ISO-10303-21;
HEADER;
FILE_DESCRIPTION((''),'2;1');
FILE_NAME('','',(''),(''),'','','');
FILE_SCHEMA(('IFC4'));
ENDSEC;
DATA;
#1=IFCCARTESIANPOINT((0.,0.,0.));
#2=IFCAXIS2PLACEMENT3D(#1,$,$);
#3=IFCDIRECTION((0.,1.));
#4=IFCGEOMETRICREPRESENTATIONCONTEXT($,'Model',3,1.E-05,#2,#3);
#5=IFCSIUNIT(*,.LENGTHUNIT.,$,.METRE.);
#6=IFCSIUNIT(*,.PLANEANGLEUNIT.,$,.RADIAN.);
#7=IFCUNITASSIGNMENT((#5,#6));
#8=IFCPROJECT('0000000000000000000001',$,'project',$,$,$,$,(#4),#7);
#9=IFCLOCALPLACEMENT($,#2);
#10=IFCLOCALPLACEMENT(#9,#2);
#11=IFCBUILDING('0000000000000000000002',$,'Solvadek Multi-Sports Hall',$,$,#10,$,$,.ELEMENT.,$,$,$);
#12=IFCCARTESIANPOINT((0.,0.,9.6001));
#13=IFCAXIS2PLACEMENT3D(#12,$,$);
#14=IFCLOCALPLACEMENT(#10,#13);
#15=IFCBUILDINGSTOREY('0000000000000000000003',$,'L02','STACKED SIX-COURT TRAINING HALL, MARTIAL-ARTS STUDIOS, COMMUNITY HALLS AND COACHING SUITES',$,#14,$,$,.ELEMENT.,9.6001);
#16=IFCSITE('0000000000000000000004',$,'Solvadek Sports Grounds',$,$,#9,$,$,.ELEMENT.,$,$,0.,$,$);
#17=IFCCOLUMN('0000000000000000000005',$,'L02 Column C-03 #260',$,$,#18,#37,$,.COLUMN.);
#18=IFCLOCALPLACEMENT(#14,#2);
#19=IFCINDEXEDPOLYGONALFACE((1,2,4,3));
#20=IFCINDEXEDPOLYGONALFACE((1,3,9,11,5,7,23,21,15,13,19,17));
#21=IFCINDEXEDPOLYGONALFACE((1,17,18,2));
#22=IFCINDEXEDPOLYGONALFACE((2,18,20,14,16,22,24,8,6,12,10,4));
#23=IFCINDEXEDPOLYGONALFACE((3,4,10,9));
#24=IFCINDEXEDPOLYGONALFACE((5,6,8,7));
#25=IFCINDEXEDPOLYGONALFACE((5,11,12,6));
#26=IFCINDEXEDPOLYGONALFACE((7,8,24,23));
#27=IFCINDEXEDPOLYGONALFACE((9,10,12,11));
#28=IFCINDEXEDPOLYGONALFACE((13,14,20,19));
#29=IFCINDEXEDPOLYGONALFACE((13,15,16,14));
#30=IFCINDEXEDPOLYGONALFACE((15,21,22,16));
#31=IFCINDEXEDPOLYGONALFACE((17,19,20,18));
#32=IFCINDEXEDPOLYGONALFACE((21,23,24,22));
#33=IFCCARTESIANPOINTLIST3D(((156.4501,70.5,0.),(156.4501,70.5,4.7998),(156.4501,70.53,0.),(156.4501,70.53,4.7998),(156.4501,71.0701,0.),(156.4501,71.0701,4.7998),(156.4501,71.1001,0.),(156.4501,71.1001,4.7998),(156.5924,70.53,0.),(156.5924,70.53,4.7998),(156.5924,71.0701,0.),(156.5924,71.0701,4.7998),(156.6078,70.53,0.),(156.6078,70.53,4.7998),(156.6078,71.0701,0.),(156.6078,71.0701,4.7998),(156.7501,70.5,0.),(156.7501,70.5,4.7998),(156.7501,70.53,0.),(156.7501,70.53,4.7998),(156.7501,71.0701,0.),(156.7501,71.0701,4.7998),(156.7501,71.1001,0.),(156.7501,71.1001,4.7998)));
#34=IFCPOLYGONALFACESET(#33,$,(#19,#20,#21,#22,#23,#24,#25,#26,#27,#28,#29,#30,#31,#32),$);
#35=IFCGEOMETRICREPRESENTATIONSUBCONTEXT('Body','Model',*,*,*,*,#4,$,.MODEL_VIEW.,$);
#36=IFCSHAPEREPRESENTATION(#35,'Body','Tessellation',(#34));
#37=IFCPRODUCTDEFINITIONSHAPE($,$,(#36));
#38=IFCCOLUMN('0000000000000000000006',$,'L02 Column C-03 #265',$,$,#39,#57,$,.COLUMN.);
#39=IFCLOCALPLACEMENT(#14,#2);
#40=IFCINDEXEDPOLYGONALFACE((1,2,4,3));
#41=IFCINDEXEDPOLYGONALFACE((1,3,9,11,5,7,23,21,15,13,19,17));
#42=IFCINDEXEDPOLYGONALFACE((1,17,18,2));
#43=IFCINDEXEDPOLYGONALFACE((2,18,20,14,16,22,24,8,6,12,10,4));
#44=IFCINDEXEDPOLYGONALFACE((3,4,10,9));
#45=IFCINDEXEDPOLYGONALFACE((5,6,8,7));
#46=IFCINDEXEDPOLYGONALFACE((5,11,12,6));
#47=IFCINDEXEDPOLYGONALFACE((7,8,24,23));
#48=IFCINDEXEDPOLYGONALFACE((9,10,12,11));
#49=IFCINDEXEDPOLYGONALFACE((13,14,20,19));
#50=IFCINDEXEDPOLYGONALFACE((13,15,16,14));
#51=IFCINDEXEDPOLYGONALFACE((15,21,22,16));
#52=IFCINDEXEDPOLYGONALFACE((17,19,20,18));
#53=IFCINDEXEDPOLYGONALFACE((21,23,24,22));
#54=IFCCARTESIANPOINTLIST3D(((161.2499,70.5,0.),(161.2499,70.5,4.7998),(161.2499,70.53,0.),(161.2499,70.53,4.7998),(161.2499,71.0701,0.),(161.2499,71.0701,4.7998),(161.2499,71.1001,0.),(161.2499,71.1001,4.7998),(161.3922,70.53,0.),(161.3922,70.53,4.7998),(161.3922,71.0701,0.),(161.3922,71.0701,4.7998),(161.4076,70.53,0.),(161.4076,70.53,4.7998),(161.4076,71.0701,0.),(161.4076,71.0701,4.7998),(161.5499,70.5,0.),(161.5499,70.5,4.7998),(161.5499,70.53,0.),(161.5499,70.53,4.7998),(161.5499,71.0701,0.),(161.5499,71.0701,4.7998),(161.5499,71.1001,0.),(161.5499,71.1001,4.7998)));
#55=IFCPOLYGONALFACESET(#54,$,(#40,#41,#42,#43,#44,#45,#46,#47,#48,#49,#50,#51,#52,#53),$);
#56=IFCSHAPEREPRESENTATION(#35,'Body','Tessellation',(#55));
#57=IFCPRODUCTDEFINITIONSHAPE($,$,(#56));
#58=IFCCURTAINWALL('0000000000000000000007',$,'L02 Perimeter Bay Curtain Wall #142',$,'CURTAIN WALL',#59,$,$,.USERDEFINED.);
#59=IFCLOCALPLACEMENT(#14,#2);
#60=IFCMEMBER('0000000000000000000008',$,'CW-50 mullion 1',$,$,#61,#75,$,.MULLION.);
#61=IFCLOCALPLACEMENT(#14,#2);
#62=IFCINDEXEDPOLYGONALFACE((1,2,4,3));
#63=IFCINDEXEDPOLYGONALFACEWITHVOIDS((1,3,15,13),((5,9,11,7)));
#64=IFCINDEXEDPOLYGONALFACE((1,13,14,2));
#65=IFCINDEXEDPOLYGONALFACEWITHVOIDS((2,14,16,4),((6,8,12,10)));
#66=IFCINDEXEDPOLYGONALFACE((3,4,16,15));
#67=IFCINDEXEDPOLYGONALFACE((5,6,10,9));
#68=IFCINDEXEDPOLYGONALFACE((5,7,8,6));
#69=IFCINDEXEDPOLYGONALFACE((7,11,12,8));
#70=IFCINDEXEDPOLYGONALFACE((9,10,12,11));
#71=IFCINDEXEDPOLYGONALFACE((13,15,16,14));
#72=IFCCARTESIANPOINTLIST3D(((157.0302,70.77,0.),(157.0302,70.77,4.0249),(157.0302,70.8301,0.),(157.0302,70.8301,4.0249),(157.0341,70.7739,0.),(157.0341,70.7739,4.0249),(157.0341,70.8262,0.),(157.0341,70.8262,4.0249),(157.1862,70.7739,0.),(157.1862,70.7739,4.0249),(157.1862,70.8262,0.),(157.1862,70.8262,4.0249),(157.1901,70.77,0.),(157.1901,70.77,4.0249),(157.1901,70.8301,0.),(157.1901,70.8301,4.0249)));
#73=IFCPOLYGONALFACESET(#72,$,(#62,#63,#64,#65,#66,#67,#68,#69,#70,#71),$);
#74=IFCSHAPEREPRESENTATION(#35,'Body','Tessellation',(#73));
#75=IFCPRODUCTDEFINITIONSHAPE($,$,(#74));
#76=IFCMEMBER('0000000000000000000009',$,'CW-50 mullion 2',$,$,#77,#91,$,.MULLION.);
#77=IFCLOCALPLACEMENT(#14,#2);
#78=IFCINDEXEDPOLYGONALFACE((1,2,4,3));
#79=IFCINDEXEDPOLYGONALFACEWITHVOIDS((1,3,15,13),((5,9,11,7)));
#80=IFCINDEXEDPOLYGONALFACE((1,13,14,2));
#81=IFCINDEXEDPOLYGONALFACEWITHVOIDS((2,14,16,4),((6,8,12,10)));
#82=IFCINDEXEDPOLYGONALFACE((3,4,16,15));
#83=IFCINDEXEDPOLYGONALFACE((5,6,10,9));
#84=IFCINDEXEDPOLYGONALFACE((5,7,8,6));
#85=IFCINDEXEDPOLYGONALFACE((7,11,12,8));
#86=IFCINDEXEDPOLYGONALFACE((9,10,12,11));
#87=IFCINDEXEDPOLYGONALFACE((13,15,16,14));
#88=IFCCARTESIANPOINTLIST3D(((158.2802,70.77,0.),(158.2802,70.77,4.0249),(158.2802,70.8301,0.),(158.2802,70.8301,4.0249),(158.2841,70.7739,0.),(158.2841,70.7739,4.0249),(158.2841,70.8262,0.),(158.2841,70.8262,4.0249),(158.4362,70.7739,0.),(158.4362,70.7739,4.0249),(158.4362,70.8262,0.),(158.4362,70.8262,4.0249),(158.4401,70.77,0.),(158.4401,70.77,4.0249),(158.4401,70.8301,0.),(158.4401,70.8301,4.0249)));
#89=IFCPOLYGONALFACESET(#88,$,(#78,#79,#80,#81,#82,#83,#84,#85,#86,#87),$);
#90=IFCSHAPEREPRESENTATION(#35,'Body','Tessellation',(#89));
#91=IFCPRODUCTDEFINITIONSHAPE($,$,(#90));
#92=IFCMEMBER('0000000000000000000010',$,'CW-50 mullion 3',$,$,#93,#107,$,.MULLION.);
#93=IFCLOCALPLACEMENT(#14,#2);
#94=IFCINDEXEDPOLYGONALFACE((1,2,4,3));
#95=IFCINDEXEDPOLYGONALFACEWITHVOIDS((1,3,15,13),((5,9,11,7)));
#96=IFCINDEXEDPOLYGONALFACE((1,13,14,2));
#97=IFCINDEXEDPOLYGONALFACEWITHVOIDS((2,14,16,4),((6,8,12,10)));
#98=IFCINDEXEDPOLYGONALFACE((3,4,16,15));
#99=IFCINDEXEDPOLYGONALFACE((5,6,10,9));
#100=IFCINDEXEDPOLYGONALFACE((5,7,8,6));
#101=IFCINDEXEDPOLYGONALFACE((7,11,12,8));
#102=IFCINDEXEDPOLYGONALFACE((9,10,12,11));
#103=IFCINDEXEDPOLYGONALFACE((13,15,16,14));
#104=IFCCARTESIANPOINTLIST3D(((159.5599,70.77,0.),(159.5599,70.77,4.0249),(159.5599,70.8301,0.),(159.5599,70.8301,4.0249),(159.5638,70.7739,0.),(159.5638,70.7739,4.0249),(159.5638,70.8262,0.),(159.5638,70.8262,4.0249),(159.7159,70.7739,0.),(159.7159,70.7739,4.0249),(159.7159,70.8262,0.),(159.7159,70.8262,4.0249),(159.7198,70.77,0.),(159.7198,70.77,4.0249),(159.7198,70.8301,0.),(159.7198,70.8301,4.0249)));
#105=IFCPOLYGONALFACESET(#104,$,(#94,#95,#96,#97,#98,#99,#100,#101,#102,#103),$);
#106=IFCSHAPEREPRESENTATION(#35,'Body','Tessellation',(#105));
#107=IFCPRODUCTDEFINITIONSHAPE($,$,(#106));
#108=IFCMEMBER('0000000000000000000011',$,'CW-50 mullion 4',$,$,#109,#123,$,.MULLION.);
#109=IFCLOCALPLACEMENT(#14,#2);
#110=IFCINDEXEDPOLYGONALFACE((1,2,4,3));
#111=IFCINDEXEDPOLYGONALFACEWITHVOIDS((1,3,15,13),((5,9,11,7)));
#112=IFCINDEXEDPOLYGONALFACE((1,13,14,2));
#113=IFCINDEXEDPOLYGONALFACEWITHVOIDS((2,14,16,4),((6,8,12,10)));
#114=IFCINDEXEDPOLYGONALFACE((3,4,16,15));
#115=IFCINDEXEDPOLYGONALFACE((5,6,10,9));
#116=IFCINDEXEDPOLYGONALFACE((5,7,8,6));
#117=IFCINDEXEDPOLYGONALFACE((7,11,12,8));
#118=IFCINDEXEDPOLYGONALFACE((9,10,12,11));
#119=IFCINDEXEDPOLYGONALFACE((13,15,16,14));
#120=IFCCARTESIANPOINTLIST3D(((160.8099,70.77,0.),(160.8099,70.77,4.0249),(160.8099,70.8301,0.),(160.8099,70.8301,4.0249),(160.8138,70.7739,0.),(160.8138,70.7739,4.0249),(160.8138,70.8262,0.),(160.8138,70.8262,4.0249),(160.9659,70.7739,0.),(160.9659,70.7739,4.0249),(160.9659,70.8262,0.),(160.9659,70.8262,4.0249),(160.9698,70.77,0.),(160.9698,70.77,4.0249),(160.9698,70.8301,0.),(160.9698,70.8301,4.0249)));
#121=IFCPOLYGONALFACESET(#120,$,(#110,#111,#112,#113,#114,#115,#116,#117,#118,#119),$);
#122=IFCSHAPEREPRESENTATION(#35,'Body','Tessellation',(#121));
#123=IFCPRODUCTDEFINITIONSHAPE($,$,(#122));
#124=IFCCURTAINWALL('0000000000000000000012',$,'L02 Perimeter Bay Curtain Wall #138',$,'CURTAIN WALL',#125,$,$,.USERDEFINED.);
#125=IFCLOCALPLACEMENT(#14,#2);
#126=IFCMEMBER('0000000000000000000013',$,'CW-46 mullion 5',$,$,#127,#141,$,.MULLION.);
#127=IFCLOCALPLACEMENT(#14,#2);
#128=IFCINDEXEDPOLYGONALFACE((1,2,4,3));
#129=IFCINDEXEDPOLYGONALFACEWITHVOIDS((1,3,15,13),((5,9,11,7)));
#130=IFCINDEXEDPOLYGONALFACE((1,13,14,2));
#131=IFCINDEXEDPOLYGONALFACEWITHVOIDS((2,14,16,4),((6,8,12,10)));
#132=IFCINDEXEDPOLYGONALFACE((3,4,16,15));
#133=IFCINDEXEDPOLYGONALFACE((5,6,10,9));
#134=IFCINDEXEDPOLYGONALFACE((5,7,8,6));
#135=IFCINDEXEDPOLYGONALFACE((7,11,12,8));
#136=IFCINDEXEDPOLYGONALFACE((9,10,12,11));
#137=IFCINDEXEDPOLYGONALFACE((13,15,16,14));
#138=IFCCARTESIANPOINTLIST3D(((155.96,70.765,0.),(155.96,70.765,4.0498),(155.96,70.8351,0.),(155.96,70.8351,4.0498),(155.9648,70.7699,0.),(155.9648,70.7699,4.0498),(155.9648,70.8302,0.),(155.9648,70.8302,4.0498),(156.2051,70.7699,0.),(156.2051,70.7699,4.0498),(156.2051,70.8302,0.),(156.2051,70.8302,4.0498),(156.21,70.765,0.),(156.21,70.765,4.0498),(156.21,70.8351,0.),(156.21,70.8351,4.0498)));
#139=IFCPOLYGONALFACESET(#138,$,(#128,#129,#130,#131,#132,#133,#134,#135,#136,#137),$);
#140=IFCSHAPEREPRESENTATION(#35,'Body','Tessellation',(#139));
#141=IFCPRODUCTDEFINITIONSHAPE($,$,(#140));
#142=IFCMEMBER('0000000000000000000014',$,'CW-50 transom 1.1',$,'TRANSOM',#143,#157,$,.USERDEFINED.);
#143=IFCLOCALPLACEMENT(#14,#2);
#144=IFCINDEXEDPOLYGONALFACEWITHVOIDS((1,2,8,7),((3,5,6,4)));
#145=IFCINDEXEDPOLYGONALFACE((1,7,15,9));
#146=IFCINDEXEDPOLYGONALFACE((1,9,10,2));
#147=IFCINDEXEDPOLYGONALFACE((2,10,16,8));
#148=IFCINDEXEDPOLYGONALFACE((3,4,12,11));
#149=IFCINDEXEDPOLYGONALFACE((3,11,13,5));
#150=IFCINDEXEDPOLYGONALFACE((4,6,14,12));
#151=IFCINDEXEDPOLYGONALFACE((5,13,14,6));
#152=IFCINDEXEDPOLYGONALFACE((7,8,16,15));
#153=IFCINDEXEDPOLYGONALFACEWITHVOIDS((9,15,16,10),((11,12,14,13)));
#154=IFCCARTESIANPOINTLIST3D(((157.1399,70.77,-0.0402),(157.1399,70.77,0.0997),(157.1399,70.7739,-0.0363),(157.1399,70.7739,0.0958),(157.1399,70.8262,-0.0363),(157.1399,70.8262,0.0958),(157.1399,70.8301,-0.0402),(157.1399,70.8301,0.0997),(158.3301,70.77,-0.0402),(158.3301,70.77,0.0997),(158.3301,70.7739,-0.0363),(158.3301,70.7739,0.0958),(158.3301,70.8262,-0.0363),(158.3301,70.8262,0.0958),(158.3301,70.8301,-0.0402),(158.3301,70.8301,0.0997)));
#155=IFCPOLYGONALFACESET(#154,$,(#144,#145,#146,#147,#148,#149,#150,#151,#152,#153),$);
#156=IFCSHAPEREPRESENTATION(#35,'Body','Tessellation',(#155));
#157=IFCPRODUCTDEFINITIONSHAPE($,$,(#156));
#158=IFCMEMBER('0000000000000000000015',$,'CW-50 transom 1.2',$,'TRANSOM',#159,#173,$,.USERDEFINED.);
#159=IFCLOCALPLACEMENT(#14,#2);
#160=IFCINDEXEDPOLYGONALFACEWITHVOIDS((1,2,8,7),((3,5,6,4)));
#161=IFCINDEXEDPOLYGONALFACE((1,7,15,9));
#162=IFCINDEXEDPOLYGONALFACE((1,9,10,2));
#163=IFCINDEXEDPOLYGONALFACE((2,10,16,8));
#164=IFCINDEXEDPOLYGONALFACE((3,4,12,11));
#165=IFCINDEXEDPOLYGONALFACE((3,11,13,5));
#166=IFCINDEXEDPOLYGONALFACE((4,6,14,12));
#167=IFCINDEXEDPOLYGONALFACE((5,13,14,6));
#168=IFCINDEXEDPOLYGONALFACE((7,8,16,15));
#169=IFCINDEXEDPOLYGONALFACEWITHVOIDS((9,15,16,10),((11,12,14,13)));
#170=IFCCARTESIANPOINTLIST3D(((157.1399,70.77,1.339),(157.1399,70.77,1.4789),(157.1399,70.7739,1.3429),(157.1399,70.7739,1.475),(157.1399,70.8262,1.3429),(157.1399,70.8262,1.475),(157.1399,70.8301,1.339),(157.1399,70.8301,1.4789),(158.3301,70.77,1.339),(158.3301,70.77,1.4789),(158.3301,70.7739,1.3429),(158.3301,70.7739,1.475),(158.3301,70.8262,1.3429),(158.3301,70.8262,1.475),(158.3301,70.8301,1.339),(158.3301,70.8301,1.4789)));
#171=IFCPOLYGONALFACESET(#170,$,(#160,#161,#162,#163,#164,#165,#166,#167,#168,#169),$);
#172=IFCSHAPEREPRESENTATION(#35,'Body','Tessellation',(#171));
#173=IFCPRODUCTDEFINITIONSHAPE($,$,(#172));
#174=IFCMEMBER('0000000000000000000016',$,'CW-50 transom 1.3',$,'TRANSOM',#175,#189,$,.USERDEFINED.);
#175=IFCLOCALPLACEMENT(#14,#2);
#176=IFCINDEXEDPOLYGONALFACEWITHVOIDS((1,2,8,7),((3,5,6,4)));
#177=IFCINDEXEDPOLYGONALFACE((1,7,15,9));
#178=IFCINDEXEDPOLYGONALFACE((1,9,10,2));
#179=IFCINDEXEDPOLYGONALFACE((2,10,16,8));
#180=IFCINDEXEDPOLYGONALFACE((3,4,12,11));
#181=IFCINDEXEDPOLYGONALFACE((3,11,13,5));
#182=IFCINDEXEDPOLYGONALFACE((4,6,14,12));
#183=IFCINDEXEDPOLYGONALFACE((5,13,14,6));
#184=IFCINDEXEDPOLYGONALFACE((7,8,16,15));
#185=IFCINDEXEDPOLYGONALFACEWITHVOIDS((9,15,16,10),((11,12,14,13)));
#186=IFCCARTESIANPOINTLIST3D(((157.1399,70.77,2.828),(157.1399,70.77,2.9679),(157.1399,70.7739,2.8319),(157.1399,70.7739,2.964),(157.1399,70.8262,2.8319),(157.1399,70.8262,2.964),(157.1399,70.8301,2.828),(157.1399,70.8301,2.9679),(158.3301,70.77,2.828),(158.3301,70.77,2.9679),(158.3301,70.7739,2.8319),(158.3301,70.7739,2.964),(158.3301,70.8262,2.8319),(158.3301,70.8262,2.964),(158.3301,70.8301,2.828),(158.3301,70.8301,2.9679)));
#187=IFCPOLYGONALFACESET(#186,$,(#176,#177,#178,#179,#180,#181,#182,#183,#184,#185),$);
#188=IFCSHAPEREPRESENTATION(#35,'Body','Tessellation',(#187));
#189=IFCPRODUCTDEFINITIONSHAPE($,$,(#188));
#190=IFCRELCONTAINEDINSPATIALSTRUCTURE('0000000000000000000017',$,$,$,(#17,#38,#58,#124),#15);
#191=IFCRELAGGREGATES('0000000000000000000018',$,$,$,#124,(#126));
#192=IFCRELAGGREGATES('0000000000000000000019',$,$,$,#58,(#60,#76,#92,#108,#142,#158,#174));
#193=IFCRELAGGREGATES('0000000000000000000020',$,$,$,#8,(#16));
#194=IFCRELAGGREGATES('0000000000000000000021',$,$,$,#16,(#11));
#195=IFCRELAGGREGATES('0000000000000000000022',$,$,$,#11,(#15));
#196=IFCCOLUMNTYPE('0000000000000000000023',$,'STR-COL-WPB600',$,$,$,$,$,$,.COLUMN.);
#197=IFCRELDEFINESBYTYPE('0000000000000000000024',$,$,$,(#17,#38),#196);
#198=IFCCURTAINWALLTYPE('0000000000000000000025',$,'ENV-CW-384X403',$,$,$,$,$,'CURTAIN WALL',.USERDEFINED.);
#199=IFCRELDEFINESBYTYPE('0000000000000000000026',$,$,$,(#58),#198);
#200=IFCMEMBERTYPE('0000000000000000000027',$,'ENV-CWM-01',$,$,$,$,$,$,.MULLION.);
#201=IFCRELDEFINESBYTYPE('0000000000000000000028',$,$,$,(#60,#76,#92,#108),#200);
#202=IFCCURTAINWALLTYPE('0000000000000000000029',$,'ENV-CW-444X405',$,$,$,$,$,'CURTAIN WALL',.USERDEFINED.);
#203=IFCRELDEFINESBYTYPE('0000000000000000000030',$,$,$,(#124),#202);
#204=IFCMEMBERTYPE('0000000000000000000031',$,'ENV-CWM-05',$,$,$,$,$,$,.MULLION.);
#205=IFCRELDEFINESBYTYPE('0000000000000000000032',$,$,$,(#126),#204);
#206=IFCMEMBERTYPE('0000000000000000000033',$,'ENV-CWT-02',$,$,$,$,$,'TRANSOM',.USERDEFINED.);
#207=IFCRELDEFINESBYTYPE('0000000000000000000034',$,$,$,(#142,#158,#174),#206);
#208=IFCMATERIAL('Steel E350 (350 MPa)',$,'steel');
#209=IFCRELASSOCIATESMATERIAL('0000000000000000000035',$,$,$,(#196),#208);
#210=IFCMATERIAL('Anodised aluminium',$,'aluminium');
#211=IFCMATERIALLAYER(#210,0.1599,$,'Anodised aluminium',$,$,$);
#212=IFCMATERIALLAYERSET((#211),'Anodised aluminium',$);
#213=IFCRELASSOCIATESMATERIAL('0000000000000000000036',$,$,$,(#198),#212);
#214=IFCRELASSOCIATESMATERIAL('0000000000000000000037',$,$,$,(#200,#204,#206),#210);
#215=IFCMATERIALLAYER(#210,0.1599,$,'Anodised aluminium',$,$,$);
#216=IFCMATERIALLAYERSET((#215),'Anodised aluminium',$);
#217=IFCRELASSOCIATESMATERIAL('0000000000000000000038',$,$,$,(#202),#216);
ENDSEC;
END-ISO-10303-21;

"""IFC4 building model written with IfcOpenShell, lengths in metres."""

from ifc_helpers import new_model, si_unit, direction, frame, origin, origin_2d, place, context, subcontext, project, spatial, hollow_rectangle, i_section, extrude, material, layer, layer_set, material_profile, profile_set, type_object, element, aggregate, save


model = new_model("IFC4")

# Units and contexts
model_context = context("Model", 3, precision=1e-05, world=origin(), true_north=direction((0.0, 1.0)))
body_context = subcontext(model_context, "Body", "Model", "MODEL_VIEW")
ifc_project = project(units=[si_unit("LENGTHUNIT", "METRE"), si_unit("PLANEANGLEUNIT", "RADIAN")], contexts=[model_context])

# Site, building, storey
site_placement = place(None, origin())
site = spatial("IfcSite", under=ifc_project, at=site_placement, Name="Solvadek Sports Grounds", CompositionType="ELEMENT", RefElevation=0.0)
building_placement = place(site_placement, origin())
building = spatial("IfcBuilding", under=site, at=building_placement, Name="Solvadek Multi-Sports Hall", CompositionType="ELEMENT")
storey_placement = place(building_placement, frame((0.0, 0.0, 9.6001)))
storey = spatial("IfcBuildingStorey", under=building, at=storey_placement, Name="L02", Description="STACKED SIX-COURT TRAINING HALL, MARTIAL-ARTS STUDIOS, COMMUNITY HALLS AND COACHING SUITES", CompositionType="ELEMENT", Elevation=9.6001)

# Columns
ifc_material_1 = material(Name="Steel E350 (350 MPa)", Category="steel")
ifc_material_profile_1 = material_profile(ifc_material_1, i_section(OverallWidth=0.3, OverallDepth=0.6001, WebThickness=0.0154, FlangeThickness=0.03, at=origin_2d()), Name="WPB 600")
ifc_profile_set_1 = profile_set([ifc_material_profile_1], Name="Steel E350 (350 MPa)")
column_type = type_object("IfcColumnType", Name="STR-COL-WPB600", PredefinedType="COLUMN", material=ifc_profile_set_1)
for number, where, z_axis, x_axis, name in (
    (1, (156.6001, 70.8, 0.0), (0.0, 0.0, 1.0), (1.0, 0.0, 0.0), "L02 Column C-03 #260"),
    (2, (161.3999, 70.8, 0.0), (0.0, 0.0, 1.0), (1.0, 0.0, 0.0), "L02 Column C-03 #265"),
):
    element("IfcColumn", number, at=place(storey_placement, frame(where, z_axis=z_axis, x_axis=x_axis)), inside=storey, type_object=column_type, Name=name, PredefinedType="COLUMN", context=body_context, shape_type="SweptSolid", body=[
        extrude(i_section(OverallWidth=0.3, OverallDepth=0.6001, WebThickness=0.0154, FlangeThickness=0.03, at=origin_2d()), origin(), (0.0, 0.0, 1.0), 4.7998),
    ])

# Curtain wall, members
ifc_material_2 = material(Name="Anodised aluminium", Category="aluminium")
ifc_layer_1 = layer(ifc_material_2, 0.1599, Name="Anodised aluminium")
ifc_layer_set_1 = layer_set([ifc_layer_1], Name="Anodised aluminium")
curtain_wall_type_1 = type_object("IfcCurtainWallType", Name="ENV-CW-384X403", ElementType="CURTAIN WALL", PredefinedType="USERDEFINED", material=ifc_layer_set_1)
curtain_wall_1_placement = place(storey_placement, origin())
curtain_wall_1 = element("IfcCurtainWall", 3, at=curtain_wall_1_placement, inside=storey, type_object=curtain_wall_type_1, Name="L02 Perimeter Bay Curtain Wall #142", ObjectType="CURTAIN WALL", PredefinedType="USERDEFINED")
ifc_material_profile_2 = material_profile(ifc_material_2, hollow_rectangle(XDim=0.0601, YDim=0.1599, WallThickness=0.0039, at=origin_2d()), Name="ALU-M 160x60x4")
ifc_profile_set_2 = profile_set([ifc_material_profile_2], Name="Anodised aluminium")
member_type_1 = type_object("IfcMemberType", Name="ENV-CWM-01", PredefinedType="MULLION", material=ifc_profile_set_2)
member_1_placement = place(storey_placement, frame((157.1101, 70.8, 0.0), z_axis=(0.0, 0.0, 1.0), x_axis=(0.0, 1.0, 0.0)))
member_1 = element("IfcMember", 4, at=member_1_placement, type_object=member_type_1, Name="CW-50 mullion 1", PredefinedType="MULLION", context=body_context, shape_type="SweptSolid", body=[
    extrude(hollow_rectangle(XDim=0.0601, YDim=0.1599, WallThickness=0.0039, at=origin_2d()), origin(), (0.0, 0.0, 1.0), 4.0249),
])
member_2_placement = place(storey_placement, frame((158.3601, 70.8, 0.0), z_axis=(0.0, 0.0, 1.0), x_axis=(0.0, 1.0, 0.0)))
member_2 = element("IfcMember", 5, at=member_2_placement, type_object=member_type_1, Name="CW-50 mullion 2", PredefinedType="MULLION", context=body_context, shape_type="SweptSolid", body=[
    extrude(hollow_rectangle(XDim=0.0601, YDim=0.1599, WallThickness=0.0039, at=origin_2d()), origin(), (0.0, 0.0, 1.0), 4.0249),
])
member_3_placement = place(storey_placement, frame((159.6399, 70.8, 0.0), z_axis=(0.0, 0.0, 1.0), x_axis=(0.0, 1.0, 0.0)))
member_3 = element("IfcMember", 6, at=member_3_placement, type_object=member_type_1, Name="CW-50 mullion 3", PredefinedType="MULLION", context=body_context, shape_type="SweptSolid", body=[
    extrude(hollow_rectangle(XDim=0.0601, YDim=0.1599, WallThickness=0.0039, at=origin_2d()), origin(), (0.0, 0.0, 1.0), 4.0249),
])
member_4_placement = place(storey_placement, frame((160.8899, 70.8, 0.0), z_axis=(0.0, 0.0, 1.0), x_axis=(0.0, 1.0, 0.0)))
member_4 = element("IfcMember", 7, at=member_4_placement, type_object=member_type_1, Name="CW-50 mullion 4", PredefinedType="MULLION", context=body_context, shape_type="SweptSolid", body=[
    extrude(hollow_rectangle(XDim=0.0601, YDim=0.1599, WallThickness=0.0039, at=origin_2d()), origin(), (0.0, 0.0, 1.0), 4.0249),
])

# Curtain wall, member
ifc_layer_2 = layer(ifc_material_2, 0.1599, Name="Anodised aluminium")
ifc_layer_set_2 = layer_set([ifc_layer_2], Name="Anodised aluminium")
curtain_wall_type_2 = type_object("IfcCurtainWallType", Name="ENV-CW-444X405", ElementType="CURTAIN WALL", PredefinedType="USERDEFINED", material=ifc_layer_set_2)
curtain_wall_2_placement = place(storey_placement, origin())
curtain_wall_2 = element("IfcCurtainWall", 8, at=curtain_wall_2_placement, inside=storey, type_object=curtain_wall_type_2, Name="L02 Perimeter Bay Curtain Wall #138", ObjectType="CURTAIN WALL", PredefinedType="USERDEFINED")
ifc_material_profile_3 = material_profile(ifc_material_2, hollow_rectangle(XDim=0.0701, YDim=0.25, WallThickness=0.0049, at=origin_2d()), Name="ALU-M 250x70x5")
ifc_profile_set_3 = profile_set([ifc_material_profile_3], Name="Anodised aluminium")
member_type_2 = type_object("IfcMemberType", Name="ENV-CWM-05", PredefinedType="MULLION", material=ifc_profile_set_3)
member_5_placement = place(storey_placement, frame((156.085, 70.8, 0.0), z_axis=(0.0, 0.0, 1.0), x_axis=(0.0, 1.0, 0.0)))
member_5 = element("IfcMember", 9, at=member_5_placement, type_object=member_type_2, Name="CW-46 mullion 5", PredefinedType="MULLION", context=body_context, shape_type="SweptSolid", body=[
    extrude(hollow_rectangle(XDim=0.0701, YDim=0.25, WallThickness=0.0049, at=origin_2d()), origin(), (0.0, 0.0, 1.0), 4.0498),
])

# Members
ifc_material_profile_4 = material_profile(ifc_material_2, hollow_rectangle(XDim=0.0601, YDim=0.1399, WallThickness=0.0039, at=origin_2d()), Name="ALU-T 140x60x4")
ifc_profile_set_4 = profile_set([ifc_material_profile_4], Name="Anodised aluminium")
member_type_3 = type_object("IfcMemberType", Name="ENV-CWT-02", ElementType="TRANSOM", PredefinedType="USERDEFINED", material=ifc_profile_set_4)
member_6_placement = place(storey_placement, frame((157.1399, 70.8, 0.0298), z_axis=(1.0, 0.0, 0.0), x_axis=(0.0, 1.0, 0.0)))
member_6 = element("IfcMember", 10, at=member_6_placement, type_object=member_type_3, Name="CW-50 transom 1.1", ObjectType="TRANSOM", PredefinedType="USERDEFINED", context=body_context, shape_type="SweptSolid", body=[
    extrude(hollow_rectangle(XDim=0.0601, YDim=0.1399, WallThickness=0.0039, at=origin_2d()), origin(), (0.0, 0.0, 1.0), 1.1902),
])
member_7_placement = place(storey_placement, frame((157.1399, 70.8, 1.4089), z_axis=(1.0, 0.0, 0.0), x_axis=(0.0, 1.0, 0.0)))
member_7 = element("IfcMember", 11, at=member_7_placement, type_object=member_type_3, Name="CW-50 transom 1.2", ObjectType="TRANSOM", PredefinedType="USERDEFINED", context=body_context, shape_type="SweptSolid", body=[
    extrude(hollow_rectangle(XDim=0.0601, YDim=0.1399, WallThickness=0.0039, at=origin_2d()), origin(), (0.0, 0.0, 1.0), 1.1902),
])
member_8_placement = place(storey_placement, frame((157.1399, 70.8, 2.8979), z_axis=(1.0, 0.0, 0.0), x_axis=(0.0, 1.0, 0.0)))
member_8 = element("IfcMember", 12, at=member_8_placement, type_object=member_type_3, Name="CW-50 transom 1.3", ObjectType="TRANSOM", PredefinedType="USERDEFINED", context=body_context, shape_type="SweptSolid", body=[
    extrude(hollow_rectangle(XDim=0.0601, YDim=0.1399, WallThickness=0.0039, at=origin_2d()), origin(), (0.0, 0.0, 1.0), 1.1902),
])

aggregate(curtain_wall_2, [member_5])
aggregate(curtain_wall_1, [member_1, member_2, member_3, member_4, member_6, member_7, member_8])

save(model, "model.ifc")
